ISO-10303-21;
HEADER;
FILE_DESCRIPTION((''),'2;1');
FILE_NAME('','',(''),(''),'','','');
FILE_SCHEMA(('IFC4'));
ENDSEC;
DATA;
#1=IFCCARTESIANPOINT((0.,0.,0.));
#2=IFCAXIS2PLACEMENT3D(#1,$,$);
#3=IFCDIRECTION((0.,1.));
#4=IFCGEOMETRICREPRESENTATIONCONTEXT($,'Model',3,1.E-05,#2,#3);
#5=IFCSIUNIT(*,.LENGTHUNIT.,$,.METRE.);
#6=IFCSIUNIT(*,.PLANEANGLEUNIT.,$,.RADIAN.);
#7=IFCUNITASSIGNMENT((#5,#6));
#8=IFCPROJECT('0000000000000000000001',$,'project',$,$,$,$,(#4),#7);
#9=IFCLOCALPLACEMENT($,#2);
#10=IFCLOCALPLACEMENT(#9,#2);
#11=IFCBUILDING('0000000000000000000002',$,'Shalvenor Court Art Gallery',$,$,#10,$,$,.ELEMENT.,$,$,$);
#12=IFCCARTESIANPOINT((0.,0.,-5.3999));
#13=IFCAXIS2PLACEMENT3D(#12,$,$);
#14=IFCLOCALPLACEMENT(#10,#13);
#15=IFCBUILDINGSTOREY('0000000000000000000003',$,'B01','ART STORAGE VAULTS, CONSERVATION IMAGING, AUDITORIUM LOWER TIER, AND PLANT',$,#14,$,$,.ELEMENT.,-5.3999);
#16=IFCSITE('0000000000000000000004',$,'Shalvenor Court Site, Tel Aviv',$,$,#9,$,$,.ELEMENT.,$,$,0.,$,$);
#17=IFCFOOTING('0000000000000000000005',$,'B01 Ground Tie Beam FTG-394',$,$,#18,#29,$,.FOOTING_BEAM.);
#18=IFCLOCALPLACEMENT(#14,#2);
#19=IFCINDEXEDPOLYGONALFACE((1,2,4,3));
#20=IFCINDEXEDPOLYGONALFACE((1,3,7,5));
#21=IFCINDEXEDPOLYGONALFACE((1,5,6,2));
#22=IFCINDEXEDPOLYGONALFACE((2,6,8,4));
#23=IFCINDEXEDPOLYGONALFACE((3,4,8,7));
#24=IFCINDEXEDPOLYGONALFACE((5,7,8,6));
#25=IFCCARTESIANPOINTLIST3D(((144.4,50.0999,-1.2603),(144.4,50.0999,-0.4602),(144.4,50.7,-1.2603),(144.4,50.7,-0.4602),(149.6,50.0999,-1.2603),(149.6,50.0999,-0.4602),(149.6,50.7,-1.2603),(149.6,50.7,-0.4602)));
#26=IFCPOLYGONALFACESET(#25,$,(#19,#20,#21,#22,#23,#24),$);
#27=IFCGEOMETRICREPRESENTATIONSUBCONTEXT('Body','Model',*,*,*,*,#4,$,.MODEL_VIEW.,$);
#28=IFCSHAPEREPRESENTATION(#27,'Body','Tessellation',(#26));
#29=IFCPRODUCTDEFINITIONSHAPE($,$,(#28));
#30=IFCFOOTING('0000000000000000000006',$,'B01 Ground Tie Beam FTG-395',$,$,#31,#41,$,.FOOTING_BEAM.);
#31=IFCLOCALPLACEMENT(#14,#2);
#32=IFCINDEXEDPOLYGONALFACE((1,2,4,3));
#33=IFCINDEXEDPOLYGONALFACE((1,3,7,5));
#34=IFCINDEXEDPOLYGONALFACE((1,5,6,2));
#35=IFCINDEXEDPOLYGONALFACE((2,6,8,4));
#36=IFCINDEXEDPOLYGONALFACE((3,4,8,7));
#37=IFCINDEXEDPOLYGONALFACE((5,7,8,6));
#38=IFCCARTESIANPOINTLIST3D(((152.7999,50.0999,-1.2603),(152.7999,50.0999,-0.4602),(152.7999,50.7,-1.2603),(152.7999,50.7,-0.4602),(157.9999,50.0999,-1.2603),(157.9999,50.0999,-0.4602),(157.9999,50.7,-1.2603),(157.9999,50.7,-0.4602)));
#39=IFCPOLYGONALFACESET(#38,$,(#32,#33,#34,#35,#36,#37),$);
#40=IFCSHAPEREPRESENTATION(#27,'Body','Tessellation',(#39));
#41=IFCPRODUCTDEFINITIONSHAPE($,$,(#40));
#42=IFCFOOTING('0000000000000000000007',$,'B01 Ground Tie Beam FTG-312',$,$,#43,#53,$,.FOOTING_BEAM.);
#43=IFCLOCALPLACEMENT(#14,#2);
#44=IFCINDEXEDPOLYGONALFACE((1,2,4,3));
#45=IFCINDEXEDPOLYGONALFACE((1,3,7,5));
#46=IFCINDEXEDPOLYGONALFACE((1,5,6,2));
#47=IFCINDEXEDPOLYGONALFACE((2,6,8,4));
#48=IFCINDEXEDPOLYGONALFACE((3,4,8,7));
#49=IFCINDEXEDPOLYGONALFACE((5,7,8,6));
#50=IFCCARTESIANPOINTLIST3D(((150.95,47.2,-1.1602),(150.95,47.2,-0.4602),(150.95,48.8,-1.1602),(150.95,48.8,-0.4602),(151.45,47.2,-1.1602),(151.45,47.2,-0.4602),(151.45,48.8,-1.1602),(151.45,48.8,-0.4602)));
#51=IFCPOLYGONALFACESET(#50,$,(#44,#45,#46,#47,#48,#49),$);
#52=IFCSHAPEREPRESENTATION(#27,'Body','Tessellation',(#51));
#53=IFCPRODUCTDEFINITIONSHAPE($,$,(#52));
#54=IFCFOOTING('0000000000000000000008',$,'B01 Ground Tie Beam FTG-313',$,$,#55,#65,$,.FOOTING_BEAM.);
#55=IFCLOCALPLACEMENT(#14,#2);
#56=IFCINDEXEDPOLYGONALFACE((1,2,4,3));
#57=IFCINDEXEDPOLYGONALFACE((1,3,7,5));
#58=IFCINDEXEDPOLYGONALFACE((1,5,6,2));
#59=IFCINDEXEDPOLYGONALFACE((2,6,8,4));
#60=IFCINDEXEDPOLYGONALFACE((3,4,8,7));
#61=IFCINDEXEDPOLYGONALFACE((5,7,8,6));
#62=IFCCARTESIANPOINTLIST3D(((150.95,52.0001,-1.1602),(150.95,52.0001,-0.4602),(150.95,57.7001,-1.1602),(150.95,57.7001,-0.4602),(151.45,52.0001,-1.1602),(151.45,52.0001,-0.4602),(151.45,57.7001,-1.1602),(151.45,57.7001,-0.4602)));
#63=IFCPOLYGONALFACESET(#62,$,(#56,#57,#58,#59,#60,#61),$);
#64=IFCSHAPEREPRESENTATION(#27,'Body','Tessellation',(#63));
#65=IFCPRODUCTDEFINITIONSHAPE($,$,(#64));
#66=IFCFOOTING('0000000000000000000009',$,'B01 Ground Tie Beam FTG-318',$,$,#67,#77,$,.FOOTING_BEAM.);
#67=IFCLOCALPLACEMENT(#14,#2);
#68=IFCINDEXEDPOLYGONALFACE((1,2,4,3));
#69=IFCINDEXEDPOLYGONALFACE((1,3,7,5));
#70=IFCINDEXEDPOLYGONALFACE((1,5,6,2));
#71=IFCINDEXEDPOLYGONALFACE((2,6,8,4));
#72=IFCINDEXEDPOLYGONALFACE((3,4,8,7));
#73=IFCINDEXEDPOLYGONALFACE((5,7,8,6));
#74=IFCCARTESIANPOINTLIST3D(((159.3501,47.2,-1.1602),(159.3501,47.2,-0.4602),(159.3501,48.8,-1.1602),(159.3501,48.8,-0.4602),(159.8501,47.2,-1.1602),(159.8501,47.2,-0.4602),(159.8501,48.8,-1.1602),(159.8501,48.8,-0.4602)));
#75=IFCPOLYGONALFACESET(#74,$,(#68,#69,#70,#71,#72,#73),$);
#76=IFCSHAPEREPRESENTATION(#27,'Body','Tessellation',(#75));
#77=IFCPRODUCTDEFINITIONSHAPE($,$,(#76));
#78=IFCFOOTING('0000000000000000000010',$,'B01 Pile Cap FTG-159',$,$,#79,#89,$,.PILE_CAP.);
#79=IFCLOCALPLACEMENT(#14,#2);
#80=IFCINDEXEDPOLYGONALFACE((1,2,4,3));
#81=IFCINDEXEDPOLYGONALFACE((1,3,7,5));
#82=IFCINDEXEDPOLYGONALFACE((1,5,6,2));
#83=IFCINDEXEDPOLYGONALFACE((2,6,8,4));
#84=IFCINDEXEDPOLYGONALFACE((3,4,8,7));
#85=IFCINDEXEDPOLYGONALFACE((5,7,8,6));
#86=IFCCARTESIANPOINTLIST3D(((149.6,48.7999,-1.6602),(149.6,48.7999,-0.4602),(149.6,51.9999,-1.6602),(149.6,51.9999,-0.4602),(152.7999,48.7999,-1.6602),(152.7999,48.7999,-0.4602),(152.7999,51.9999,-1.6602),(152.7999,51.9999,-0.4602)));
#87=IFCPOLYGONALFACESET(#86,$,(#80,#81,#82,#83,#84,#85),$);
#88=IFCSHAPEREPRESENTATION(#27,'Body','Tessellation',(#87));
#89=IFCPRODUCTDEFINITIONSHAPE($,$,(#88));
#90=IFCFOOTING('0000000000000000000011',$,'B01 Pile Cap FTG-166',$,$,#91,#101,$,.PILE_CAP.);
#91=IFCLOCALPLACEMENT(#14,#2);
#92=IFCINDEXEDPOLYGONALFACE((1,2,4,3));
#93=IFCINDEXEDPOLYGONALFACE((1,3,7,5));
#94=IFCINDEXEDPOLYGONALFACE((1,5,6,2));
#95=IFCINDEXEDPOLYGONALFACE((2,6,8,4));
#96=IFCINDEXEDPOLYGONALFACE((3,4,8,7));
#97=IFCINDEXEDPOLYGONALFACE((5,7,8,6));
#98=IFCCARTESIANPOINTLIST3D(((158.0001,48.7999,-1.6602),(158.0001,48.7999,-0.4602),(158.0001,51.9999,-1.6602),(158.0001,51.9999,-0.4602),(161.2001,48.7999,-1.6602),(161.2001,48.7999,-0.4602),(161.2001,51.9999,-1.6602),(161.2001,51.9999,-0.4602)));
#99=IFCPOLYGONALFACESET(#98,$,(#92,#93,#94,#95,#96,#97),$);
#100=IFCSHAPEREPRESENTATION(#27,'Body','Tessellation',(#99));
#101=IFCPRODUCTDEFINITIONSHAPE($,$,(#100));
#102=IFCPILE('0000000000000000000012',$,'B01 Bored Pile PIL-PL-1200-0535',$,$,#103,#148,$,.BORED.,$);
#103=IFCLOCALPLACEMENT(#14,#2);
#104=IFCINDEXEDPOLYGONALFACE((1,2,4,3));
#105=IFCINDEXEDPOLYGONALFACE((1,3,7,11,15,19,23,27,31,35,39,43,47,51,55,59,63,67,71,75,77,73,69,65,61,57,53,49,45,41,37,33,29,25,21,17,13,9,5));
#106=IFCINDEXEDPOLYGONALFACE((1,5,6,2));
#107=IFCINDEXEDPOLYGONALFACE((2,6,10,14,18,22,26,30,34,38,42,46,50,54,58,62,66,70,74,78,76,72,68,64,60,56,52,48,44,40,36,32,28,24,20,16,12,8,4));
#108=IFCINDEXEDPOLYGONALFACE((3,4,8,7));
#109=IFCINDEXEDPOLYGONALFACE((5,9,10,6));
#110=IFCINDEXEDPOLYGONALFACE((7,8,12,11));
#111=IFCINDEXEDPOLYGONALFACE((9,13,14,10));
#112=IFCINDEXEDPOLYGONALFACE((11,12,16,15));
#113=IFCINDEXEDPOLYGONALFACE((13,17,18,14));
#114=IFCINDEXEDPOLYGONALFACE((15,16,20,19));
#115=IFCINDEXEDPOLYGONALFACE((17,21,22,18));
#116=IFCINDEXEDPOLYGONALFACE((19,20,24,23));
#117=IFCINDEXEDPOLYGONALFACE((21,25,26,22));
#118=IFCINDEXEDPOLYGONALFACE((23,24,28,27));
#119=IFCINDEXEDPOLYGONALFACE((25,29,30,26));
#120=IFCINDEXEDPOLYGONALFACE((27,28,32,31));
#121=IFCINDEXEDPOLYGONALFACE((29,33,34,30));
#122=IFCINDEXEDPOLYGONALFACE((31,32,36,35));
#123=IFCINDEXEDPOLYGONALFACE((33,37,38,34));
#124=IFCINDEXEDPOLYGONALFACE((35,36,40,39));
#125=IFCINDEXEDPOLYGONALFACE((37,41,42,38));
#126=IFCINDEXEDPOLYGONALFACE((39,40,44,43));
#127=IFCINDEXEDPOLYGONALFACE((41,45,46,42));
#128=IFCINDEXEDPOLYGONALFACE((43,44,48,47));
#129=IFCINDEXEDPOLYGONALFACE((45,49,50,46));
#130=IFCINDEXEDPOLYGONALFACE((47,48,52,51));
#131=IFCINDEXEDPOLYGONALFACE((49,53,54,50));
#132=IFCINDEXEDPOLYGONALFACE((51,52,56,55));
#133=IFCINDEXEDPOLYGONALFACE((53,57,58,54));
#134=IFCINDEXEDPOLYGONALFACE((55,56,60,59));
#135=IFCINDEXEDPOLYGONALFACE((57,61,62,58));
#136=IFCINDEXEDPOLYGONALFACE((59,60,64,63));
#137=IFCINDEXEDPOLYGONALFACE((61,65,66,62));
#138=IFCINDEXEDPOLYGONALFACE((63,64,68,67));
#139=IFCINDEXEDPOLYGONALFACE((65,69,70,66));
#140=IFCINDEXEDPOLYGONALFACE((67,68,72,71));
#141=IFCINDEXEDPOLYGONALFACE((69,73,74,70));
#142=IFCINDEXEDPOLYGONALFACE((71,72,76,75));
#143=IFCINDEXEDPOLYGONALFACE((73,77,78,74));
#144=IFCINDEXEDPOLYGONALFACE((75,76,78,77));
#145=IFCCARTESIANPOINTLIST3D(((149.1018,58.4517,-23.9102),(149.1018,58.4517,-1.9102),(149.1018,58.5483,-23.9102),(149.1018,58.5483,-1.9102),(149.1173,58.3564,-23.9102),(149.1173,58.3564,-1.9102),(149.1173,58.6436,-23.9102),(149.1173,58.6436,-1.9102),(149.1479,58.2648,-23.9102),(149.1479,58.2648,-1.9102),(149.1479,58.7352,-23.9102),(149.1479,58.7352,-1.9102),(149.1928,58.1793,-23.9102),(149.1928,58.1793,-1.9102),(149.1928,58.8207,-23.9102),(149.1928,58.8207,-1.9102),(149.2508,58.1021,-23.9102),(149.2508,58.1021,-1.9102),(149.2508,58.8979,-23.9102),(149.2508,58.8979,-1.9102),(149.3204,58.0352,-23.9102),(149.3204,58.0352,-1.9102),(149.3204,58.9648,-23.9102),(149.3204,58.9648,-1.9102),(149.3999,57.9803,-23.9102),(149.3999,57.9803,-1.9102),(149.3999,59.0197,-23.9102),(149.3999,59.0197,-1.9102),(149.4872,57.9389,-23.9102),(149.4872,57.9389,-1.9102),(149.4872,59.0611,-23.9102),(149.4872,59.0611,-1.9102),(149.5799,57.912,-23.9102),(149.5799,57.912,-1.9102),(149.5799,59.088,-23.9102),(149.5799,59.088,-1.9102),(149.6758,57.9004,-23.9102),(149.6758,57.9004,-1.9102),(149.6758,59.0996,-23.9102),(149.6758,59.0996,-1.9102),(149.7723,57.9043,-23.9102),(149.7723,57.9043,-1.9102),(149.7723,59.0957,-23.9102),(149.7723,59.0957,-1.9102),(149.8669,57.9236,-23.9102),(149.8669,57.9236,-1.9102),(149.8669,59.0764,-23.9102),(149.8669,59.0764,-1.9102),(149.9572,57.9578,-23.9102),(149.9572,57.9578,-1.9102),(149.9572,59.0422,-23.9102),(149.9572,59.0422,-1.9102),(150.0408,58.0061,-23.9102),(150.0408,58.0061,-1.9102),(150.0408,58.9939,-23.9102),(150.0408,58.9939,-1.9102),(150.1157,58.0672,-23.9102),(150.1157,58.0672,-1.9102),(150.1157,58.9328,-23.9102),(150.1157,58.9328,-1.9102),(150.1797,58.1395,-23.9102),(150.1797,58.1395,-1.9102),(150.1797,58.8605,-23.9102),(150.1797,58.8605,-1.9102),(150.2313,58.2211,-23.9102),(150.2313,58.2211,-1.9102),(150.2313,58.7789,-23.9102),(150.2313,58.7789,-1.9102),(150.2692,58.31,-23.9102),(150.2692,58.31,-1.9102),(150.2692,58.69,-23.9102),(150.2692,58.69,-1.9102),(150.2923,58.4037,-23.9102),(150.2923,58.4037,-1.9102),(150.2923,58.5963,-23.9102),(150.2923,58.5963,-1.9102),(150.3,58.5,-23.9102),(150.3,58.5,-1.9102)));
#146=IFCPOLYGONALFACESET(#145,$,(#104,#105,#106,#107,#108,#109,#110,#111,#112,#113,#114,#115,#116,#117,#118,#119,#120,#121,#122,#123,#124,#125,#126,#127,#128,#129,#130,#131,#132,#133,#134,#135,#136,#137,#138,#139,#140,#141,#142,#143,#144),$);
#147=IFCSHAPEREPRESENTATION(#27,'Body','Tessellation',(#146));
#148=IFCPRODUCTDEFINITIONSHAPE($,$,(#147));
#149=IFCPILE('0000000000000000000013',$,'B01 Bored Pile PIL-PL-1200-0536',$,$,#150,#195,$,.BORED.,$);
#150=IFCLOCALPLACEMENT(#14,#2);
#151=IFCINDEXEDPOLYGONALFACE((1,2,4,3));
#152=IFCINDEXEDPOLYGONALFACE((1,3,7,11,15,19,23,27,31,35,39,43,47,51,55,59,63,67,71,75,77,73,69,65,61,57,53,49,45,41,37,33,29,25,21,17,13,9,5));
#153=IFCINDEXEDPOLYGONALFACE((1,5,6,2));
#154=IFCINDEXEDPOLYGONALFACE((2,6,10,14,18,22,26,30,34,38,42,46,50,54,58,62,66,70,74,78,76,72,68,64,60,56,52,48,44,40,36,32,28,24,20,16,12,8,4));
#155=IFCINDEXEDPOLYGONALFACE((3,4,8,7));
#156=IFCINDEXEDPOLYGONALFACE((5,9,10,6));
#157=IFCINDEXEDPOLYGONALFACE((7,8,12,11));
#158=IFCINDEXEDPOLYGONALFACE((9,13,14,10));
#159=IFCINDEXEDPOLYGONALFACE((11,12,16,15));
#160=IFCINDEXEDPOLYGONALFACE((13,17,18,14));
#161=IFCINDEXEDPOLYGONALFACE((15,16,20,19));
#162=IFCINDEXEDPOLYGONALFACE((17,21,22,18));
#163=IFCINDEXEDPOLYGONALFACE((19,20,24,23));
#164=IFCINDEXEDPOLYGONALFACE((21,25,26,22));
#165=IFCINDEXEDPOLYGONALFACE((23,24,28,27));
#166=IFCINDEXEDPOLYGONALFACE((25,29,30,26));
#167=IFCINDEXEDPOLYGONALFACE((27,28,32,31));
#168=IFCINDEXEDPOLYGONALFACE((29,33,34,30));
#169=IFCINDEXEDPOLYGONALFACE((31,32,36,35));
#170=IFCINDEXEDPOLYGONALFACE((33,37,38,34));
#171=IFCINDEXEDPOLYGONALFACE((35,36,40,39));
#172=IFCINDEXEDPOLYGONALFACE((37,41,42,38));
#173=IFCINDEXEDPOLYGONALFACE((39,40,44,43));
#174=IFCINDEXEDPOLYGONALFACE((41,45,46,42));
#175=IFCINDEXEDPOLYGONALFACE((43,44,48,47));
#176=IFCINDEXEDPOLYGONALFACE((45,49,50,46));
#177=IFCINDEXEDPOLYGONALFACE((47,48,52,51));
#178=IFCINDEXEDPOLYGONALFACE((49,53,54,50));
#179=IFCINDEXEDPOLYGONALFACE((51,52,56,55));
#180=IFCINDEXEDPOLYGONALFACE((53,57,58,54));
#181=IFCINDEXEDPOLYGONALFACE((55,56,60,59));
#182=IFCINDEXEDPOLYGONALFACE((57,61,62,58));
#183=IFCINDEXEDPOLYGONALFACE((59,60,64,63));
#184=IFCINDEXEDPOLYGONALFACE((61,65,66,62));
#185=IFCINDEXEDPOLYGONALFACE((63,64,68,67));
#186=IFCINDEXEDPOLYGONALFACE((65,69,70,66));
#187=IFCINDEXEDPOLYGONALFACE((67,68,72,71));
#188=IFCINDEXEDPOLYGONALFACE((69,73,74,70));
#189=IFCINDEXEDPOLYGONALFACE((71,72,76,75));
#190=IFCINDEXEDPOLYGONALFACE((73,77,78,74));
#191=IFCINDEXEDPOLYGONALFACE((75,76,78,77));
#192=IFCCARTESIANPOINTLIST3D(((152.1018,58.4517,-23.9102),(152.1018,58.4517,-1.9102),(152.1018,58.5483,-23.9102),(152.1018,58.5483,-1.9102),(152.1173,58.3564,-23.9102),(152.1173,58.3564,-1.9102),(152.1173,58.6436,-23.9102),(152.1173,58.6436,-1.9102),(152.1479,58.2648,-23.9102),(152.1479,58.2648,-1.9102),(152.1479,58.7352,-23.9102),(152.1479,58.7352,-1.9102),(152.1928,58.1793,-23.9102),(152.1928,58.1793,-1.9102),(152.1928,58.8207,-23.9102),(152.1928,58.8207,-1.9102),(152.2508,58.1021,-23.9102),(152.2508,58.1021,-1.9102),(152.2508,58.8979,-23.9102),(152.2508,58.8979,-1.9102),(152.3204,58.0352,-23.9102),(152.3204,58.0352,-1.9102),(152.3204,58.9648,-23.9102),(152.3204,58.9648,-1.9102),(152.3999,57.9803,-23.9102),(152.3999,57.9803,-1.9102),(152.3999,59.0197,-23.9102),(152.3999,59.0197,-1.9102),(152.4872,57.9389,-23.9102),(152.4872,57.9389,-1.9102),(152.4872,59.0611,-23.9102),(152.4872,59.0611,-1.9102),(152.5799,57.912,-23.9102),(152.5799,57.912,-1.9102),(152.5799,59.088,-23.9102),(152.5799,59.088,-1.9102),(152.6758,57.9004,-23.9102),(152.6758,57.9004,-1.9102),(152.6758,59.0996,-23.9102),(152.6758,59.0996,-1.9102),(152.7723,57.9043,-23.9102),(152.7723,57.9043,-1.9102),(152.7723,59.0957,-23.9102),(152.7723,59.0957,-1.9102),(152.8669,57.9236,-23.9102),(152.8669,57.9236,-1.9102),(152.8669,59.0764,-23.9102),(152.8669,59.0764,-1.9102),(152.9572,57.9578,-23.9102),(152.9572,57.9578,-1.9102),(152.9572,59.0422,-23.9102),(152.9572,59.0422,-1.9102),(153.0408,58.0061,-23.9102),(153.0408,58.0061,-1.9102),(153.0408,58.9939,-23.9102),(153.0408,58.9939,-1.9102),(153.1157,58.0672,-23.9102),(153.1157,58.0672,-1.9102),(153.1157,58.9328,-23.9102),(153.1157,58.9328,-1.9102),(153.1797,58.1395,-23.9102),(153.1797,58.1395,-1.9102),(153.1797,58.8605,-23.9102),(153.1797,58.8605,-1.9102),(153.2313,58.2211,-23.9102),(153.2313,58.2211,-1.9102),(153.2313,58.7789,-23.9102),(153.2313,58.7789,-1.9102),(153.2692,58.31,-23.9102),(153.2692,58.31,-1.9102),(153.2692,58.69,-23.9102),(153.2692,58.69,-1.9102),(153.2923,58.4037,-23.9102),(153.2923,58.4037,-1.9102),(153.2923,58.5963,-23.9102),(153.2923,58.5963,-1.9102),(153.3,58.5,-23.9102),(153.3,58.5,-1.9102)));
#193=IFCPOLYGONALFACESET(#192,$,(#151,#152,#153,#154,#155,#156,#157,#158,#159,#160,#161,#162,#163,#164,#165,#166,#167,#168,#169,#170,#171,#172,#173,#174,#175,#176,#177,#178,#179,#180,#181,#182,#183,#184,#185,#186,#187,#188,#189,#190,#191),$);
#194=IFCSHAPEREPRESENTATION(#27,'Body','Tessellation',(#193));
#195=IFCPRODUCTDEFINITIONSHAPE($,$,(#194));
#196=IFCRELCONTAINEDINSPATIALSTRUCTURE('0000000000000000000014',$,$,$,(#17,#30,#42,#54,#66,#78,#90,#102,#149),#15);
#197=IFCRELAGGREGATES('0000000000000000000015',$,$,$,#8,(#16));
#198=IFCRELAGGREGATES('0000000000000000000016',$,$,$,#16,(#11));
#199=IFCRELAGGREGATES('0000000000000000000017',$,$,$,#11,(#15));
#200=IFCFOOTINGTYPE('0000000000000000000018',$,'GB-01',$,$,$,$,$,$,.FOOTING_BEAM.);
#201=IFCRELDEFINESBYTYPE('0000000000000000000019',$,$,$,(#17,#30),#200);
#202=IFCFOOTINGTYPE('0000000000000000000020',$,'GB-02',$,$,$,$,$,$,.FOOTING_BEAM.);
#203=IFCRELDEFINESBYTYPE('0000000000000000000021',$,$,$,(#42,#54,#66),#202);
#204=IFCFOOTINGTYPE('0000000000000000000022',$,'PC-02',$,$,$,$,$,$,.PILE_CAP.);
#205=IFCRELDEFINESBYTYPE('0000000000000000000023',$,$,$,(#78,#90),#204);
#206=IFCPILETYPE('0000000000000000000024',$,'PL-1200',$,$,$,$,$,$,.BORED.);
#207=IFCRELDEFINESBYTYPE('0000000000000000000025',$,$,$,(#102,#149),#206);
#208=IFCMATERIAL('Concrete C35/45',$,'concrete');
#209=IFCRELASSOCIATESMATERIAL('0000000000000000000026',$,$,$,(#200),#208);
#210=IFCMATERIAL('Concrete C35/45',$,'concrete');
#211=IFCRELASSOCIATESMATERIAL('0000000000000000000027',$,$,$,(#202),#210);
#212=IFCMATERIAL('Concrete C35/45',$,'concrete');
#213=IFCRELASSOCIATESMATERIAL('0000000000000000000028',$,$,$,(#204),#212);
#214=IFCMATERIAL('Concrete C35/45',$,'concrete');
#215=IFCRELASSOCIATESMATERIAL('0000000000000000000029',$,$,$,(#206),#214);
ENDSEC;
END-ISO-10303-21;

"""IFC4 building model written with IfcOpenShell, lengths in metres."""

from ifc_helpers import new_model, si_unit, direction, frame, origin, origin_2d, place, context, subcontext, project, spatial, rectangle, circle, extrude, material, material_profile, profile_set, type_object, element, save


model = new_model("IFC4")

# Units and contexts
model_context = context("Model", 3, precision=1e-05, world=origin(), true_north=direction((0.0, 1.0)))
body_context = subcontext(model_context, "Body", "Model", "MODEL_VIEW")
ifc_project = project(units=[si_unit("LENGTHUNIT", "METRE"), si_unit("PLANEANGLEUNIT", "RADIAN")], contexts=[model_context])

# Site, building, storey
site_placement = place(None, origin())
site = spatial("IfcSite", under=ifc_project, at=site_placement, Name="Shalvenor Court Site, Tel Aviv", CompositionType="ELEMENT", RefElevation=0.0)
building_placement = place(site_placement, origin())
building = spatial("IfcBuilding", under=site, at=building_placement, Name="Shalvenor Court Art Gallery", CompositionType="ELEMENT")
storey_placement = place(building_placement, frame((0.0, 0.0, -5.3999)))
storey = spatial("IfcBuildingStorey", under=building, at=storey_placement, Name="B01", Description="ART STORAGE VAULTS, CONSERVATION IMAGING, AUDITORIUM LOWER TIER, AND PLANT", CompositionType="ELEMENT", Elevation=-5.3999)

# Footings
ifc_material_1 = material(Name="Concrete C35/45", Category="concrete")
footing_type_1 = type_object("IfcFootingType", Name="GB-01", PredefinedType="FOOTING_BEAM", material=ifc_material_1)
for number, where, z_axis, x_axis, name in (
    (1, (147.0, 50.3999, -1.2603), (0.0, 0.0, 1.0), (1.0, 0.0, 0.0), "B01 Ground Tie Beam FTG-394"),
    (2, (155.3999, 50.3999, -1.2603), (0.0, 0.0, 1.0), (1.0, 0.0, 0.0), "B01 Ground Tie Beam FTG-395"),
):
    element("IfcFooting", number, at=place(storey_placement, frame(where, z_axis=z_axis, x_axis=x_axis)), inside=storey, type_object=footing_type_1, Name=name, PredefinedType="FOOTING_BEAM", context=body_context, shape_type="SweptSolid", body=[
        extrude(rectangle(XDim=5.2, YDim=0.6001, at=origin_2d()), origin(), (0.0, 0.0, 1.0), 0.8),
    ])
ifc_material_2 = material(Name="Concrete C35/45", Category="concrete")
footing_type_2 = type_object("IfcFootingType", Name="GB-02", PredefinedType="FOOTING_BEAM", material=ifc_material_2)
footing_1_placement = place(storey_placement, frame((151.2, 48.0, -1.1602), z_axis=(0.0, 0.0, 1.0), x_axis=(0.0, 1.0, 0.0)))
element("IfcFooting", 3, at=footing_1_placement, inside=storey, type_object=footing_type_2, Name="B01 Ground Tie Beam FTG-312", PredefinedType="FOOTING_BEAM", context=body_context, shape_type="SweptSolid", body=[
    extrude(rectangle(XDim=1.6001, YDim=0.5, at=origin_2d()), origin(), (0.0, 0.0, 1.0), 0.7),
])
footing_2_placement = place(storey_placement, frame((151.2, 54.8501, -1.1602), z_axis=(0.0, 0.0, 1.0), x_axis=(0.0, 1.0, 0.0)))
element("IfcFooting", 4, at=footing_2_placement, inside=storey, type_object=footing_type_2, Name="B01 Ground Tie Beam FTG-313", PredefinedType="FOOTING_BEAM", context=body_context, shape_type="SweptSolid", body=[
    extrude(rectangle(XDim=5.7, YDim=0.5, at=origin_2d()), origin(), (0.0, 0.0, 1.0), 0.7),
])
footing_3_placement = place(storey_placement, frame((159.6001, 48.0, -1.1602), z_axis=(0.0, 0.0, 1.0), x_axis=(0.0, 1.0, 0.0)))
element("IfcFooting", 5, at=footing_3_placement, inside=storey, type_object=footing_type_2, Name="B01 Ground Tie Beam FTG-318", PredefinedType="FOOTING_BEAM", context=body_context, shape_type="SweptSolid", body=[
    extrude(rectangle(XDim=1.6001, YDim=0.5, at=origin_2d()), origin(), (0.0, 0.0, 1.0), 0.7),
])
ifc_material_3 = material(Name="Concrete C35/45", Category="concrete")
footing_type_3 = type_object("IfcFootingType", Name="PC-02", PredefinedType="PILE_CAP", material=ifc_material_3)
for number, where, z_axis, x_axis, name in (
    (6, (151.2, 50.3999, -1.6602), (0.0, 0.0, 1.0), (1.0, 0.0, 0.0), "B01 Pile Cap FTG-159"),
    (7, (159.6001, 50.3999, -1.6602), (0.0, 0.0, 1.0), (1.0, 0.0, 0.0), "B01 Pile Cap FTG-166"),
):
    element("IfcFooting", number, at=place(storey_placement, frame(where, z_axis=z_axis, x_axis=x_axis)), inside=storey, type_object=footing_type_3, Name=name, PredefinedType="PILE_CAP", context=body_context, shape_type="SweptSolid", body=[
        extrude(rectangle(XDim=3.2, YDim=3.2, at=origin_2d()), origin(), (0.0, 0.0, 1.0), 1.2),
    ])

# Piles
ifc_material_4 = material(Name="Concrete C35/45", Category="concrete")
ifc_material_profile_1 = material_profile(ifc_material_4, circle(Radius=0.6001, at=origin_2d()), Name="PILE 1200")
ifc_profile_set_1 = profile_set([ifc_material_profile_1], Name="Concrete C35/45")
pile_type_1 = type_object("IfcPileType", Name="PL-1200", PredefinedType="BORED", material=ifc_profile_set_1)
for number, where, z_axis, x_axis, name in (
    (8, (149.7, 58.5, -1.9102), (0.0, 0.0, -1.0), (1.0, 0.0, 0.0), "B01 Bored Pile PIL-PL-1200-0535"),
    (9, (152.7, 58.5, -1.9102), (0.0, 0.0, -1.0), (1.0, 0.0, 0.0), "B01 Bored Pile PIL-PL-1200-0536"),
):
    element("IfcPile", number, at=place(storey_placement, frame(where, z_axis=z_axis, x_axis=x_axis)), inside=storey, type_object=pile_type_1, Name=name, PredefinedType="BORED", context=body_context, shape_type="SweptSolid", body=[
        extrude(circle(Radius=0.6001, at=origin_2d()), origin(), (0.0, 0.0, 1.0), 22.0),
    ])

save(model, "model.ifc")
